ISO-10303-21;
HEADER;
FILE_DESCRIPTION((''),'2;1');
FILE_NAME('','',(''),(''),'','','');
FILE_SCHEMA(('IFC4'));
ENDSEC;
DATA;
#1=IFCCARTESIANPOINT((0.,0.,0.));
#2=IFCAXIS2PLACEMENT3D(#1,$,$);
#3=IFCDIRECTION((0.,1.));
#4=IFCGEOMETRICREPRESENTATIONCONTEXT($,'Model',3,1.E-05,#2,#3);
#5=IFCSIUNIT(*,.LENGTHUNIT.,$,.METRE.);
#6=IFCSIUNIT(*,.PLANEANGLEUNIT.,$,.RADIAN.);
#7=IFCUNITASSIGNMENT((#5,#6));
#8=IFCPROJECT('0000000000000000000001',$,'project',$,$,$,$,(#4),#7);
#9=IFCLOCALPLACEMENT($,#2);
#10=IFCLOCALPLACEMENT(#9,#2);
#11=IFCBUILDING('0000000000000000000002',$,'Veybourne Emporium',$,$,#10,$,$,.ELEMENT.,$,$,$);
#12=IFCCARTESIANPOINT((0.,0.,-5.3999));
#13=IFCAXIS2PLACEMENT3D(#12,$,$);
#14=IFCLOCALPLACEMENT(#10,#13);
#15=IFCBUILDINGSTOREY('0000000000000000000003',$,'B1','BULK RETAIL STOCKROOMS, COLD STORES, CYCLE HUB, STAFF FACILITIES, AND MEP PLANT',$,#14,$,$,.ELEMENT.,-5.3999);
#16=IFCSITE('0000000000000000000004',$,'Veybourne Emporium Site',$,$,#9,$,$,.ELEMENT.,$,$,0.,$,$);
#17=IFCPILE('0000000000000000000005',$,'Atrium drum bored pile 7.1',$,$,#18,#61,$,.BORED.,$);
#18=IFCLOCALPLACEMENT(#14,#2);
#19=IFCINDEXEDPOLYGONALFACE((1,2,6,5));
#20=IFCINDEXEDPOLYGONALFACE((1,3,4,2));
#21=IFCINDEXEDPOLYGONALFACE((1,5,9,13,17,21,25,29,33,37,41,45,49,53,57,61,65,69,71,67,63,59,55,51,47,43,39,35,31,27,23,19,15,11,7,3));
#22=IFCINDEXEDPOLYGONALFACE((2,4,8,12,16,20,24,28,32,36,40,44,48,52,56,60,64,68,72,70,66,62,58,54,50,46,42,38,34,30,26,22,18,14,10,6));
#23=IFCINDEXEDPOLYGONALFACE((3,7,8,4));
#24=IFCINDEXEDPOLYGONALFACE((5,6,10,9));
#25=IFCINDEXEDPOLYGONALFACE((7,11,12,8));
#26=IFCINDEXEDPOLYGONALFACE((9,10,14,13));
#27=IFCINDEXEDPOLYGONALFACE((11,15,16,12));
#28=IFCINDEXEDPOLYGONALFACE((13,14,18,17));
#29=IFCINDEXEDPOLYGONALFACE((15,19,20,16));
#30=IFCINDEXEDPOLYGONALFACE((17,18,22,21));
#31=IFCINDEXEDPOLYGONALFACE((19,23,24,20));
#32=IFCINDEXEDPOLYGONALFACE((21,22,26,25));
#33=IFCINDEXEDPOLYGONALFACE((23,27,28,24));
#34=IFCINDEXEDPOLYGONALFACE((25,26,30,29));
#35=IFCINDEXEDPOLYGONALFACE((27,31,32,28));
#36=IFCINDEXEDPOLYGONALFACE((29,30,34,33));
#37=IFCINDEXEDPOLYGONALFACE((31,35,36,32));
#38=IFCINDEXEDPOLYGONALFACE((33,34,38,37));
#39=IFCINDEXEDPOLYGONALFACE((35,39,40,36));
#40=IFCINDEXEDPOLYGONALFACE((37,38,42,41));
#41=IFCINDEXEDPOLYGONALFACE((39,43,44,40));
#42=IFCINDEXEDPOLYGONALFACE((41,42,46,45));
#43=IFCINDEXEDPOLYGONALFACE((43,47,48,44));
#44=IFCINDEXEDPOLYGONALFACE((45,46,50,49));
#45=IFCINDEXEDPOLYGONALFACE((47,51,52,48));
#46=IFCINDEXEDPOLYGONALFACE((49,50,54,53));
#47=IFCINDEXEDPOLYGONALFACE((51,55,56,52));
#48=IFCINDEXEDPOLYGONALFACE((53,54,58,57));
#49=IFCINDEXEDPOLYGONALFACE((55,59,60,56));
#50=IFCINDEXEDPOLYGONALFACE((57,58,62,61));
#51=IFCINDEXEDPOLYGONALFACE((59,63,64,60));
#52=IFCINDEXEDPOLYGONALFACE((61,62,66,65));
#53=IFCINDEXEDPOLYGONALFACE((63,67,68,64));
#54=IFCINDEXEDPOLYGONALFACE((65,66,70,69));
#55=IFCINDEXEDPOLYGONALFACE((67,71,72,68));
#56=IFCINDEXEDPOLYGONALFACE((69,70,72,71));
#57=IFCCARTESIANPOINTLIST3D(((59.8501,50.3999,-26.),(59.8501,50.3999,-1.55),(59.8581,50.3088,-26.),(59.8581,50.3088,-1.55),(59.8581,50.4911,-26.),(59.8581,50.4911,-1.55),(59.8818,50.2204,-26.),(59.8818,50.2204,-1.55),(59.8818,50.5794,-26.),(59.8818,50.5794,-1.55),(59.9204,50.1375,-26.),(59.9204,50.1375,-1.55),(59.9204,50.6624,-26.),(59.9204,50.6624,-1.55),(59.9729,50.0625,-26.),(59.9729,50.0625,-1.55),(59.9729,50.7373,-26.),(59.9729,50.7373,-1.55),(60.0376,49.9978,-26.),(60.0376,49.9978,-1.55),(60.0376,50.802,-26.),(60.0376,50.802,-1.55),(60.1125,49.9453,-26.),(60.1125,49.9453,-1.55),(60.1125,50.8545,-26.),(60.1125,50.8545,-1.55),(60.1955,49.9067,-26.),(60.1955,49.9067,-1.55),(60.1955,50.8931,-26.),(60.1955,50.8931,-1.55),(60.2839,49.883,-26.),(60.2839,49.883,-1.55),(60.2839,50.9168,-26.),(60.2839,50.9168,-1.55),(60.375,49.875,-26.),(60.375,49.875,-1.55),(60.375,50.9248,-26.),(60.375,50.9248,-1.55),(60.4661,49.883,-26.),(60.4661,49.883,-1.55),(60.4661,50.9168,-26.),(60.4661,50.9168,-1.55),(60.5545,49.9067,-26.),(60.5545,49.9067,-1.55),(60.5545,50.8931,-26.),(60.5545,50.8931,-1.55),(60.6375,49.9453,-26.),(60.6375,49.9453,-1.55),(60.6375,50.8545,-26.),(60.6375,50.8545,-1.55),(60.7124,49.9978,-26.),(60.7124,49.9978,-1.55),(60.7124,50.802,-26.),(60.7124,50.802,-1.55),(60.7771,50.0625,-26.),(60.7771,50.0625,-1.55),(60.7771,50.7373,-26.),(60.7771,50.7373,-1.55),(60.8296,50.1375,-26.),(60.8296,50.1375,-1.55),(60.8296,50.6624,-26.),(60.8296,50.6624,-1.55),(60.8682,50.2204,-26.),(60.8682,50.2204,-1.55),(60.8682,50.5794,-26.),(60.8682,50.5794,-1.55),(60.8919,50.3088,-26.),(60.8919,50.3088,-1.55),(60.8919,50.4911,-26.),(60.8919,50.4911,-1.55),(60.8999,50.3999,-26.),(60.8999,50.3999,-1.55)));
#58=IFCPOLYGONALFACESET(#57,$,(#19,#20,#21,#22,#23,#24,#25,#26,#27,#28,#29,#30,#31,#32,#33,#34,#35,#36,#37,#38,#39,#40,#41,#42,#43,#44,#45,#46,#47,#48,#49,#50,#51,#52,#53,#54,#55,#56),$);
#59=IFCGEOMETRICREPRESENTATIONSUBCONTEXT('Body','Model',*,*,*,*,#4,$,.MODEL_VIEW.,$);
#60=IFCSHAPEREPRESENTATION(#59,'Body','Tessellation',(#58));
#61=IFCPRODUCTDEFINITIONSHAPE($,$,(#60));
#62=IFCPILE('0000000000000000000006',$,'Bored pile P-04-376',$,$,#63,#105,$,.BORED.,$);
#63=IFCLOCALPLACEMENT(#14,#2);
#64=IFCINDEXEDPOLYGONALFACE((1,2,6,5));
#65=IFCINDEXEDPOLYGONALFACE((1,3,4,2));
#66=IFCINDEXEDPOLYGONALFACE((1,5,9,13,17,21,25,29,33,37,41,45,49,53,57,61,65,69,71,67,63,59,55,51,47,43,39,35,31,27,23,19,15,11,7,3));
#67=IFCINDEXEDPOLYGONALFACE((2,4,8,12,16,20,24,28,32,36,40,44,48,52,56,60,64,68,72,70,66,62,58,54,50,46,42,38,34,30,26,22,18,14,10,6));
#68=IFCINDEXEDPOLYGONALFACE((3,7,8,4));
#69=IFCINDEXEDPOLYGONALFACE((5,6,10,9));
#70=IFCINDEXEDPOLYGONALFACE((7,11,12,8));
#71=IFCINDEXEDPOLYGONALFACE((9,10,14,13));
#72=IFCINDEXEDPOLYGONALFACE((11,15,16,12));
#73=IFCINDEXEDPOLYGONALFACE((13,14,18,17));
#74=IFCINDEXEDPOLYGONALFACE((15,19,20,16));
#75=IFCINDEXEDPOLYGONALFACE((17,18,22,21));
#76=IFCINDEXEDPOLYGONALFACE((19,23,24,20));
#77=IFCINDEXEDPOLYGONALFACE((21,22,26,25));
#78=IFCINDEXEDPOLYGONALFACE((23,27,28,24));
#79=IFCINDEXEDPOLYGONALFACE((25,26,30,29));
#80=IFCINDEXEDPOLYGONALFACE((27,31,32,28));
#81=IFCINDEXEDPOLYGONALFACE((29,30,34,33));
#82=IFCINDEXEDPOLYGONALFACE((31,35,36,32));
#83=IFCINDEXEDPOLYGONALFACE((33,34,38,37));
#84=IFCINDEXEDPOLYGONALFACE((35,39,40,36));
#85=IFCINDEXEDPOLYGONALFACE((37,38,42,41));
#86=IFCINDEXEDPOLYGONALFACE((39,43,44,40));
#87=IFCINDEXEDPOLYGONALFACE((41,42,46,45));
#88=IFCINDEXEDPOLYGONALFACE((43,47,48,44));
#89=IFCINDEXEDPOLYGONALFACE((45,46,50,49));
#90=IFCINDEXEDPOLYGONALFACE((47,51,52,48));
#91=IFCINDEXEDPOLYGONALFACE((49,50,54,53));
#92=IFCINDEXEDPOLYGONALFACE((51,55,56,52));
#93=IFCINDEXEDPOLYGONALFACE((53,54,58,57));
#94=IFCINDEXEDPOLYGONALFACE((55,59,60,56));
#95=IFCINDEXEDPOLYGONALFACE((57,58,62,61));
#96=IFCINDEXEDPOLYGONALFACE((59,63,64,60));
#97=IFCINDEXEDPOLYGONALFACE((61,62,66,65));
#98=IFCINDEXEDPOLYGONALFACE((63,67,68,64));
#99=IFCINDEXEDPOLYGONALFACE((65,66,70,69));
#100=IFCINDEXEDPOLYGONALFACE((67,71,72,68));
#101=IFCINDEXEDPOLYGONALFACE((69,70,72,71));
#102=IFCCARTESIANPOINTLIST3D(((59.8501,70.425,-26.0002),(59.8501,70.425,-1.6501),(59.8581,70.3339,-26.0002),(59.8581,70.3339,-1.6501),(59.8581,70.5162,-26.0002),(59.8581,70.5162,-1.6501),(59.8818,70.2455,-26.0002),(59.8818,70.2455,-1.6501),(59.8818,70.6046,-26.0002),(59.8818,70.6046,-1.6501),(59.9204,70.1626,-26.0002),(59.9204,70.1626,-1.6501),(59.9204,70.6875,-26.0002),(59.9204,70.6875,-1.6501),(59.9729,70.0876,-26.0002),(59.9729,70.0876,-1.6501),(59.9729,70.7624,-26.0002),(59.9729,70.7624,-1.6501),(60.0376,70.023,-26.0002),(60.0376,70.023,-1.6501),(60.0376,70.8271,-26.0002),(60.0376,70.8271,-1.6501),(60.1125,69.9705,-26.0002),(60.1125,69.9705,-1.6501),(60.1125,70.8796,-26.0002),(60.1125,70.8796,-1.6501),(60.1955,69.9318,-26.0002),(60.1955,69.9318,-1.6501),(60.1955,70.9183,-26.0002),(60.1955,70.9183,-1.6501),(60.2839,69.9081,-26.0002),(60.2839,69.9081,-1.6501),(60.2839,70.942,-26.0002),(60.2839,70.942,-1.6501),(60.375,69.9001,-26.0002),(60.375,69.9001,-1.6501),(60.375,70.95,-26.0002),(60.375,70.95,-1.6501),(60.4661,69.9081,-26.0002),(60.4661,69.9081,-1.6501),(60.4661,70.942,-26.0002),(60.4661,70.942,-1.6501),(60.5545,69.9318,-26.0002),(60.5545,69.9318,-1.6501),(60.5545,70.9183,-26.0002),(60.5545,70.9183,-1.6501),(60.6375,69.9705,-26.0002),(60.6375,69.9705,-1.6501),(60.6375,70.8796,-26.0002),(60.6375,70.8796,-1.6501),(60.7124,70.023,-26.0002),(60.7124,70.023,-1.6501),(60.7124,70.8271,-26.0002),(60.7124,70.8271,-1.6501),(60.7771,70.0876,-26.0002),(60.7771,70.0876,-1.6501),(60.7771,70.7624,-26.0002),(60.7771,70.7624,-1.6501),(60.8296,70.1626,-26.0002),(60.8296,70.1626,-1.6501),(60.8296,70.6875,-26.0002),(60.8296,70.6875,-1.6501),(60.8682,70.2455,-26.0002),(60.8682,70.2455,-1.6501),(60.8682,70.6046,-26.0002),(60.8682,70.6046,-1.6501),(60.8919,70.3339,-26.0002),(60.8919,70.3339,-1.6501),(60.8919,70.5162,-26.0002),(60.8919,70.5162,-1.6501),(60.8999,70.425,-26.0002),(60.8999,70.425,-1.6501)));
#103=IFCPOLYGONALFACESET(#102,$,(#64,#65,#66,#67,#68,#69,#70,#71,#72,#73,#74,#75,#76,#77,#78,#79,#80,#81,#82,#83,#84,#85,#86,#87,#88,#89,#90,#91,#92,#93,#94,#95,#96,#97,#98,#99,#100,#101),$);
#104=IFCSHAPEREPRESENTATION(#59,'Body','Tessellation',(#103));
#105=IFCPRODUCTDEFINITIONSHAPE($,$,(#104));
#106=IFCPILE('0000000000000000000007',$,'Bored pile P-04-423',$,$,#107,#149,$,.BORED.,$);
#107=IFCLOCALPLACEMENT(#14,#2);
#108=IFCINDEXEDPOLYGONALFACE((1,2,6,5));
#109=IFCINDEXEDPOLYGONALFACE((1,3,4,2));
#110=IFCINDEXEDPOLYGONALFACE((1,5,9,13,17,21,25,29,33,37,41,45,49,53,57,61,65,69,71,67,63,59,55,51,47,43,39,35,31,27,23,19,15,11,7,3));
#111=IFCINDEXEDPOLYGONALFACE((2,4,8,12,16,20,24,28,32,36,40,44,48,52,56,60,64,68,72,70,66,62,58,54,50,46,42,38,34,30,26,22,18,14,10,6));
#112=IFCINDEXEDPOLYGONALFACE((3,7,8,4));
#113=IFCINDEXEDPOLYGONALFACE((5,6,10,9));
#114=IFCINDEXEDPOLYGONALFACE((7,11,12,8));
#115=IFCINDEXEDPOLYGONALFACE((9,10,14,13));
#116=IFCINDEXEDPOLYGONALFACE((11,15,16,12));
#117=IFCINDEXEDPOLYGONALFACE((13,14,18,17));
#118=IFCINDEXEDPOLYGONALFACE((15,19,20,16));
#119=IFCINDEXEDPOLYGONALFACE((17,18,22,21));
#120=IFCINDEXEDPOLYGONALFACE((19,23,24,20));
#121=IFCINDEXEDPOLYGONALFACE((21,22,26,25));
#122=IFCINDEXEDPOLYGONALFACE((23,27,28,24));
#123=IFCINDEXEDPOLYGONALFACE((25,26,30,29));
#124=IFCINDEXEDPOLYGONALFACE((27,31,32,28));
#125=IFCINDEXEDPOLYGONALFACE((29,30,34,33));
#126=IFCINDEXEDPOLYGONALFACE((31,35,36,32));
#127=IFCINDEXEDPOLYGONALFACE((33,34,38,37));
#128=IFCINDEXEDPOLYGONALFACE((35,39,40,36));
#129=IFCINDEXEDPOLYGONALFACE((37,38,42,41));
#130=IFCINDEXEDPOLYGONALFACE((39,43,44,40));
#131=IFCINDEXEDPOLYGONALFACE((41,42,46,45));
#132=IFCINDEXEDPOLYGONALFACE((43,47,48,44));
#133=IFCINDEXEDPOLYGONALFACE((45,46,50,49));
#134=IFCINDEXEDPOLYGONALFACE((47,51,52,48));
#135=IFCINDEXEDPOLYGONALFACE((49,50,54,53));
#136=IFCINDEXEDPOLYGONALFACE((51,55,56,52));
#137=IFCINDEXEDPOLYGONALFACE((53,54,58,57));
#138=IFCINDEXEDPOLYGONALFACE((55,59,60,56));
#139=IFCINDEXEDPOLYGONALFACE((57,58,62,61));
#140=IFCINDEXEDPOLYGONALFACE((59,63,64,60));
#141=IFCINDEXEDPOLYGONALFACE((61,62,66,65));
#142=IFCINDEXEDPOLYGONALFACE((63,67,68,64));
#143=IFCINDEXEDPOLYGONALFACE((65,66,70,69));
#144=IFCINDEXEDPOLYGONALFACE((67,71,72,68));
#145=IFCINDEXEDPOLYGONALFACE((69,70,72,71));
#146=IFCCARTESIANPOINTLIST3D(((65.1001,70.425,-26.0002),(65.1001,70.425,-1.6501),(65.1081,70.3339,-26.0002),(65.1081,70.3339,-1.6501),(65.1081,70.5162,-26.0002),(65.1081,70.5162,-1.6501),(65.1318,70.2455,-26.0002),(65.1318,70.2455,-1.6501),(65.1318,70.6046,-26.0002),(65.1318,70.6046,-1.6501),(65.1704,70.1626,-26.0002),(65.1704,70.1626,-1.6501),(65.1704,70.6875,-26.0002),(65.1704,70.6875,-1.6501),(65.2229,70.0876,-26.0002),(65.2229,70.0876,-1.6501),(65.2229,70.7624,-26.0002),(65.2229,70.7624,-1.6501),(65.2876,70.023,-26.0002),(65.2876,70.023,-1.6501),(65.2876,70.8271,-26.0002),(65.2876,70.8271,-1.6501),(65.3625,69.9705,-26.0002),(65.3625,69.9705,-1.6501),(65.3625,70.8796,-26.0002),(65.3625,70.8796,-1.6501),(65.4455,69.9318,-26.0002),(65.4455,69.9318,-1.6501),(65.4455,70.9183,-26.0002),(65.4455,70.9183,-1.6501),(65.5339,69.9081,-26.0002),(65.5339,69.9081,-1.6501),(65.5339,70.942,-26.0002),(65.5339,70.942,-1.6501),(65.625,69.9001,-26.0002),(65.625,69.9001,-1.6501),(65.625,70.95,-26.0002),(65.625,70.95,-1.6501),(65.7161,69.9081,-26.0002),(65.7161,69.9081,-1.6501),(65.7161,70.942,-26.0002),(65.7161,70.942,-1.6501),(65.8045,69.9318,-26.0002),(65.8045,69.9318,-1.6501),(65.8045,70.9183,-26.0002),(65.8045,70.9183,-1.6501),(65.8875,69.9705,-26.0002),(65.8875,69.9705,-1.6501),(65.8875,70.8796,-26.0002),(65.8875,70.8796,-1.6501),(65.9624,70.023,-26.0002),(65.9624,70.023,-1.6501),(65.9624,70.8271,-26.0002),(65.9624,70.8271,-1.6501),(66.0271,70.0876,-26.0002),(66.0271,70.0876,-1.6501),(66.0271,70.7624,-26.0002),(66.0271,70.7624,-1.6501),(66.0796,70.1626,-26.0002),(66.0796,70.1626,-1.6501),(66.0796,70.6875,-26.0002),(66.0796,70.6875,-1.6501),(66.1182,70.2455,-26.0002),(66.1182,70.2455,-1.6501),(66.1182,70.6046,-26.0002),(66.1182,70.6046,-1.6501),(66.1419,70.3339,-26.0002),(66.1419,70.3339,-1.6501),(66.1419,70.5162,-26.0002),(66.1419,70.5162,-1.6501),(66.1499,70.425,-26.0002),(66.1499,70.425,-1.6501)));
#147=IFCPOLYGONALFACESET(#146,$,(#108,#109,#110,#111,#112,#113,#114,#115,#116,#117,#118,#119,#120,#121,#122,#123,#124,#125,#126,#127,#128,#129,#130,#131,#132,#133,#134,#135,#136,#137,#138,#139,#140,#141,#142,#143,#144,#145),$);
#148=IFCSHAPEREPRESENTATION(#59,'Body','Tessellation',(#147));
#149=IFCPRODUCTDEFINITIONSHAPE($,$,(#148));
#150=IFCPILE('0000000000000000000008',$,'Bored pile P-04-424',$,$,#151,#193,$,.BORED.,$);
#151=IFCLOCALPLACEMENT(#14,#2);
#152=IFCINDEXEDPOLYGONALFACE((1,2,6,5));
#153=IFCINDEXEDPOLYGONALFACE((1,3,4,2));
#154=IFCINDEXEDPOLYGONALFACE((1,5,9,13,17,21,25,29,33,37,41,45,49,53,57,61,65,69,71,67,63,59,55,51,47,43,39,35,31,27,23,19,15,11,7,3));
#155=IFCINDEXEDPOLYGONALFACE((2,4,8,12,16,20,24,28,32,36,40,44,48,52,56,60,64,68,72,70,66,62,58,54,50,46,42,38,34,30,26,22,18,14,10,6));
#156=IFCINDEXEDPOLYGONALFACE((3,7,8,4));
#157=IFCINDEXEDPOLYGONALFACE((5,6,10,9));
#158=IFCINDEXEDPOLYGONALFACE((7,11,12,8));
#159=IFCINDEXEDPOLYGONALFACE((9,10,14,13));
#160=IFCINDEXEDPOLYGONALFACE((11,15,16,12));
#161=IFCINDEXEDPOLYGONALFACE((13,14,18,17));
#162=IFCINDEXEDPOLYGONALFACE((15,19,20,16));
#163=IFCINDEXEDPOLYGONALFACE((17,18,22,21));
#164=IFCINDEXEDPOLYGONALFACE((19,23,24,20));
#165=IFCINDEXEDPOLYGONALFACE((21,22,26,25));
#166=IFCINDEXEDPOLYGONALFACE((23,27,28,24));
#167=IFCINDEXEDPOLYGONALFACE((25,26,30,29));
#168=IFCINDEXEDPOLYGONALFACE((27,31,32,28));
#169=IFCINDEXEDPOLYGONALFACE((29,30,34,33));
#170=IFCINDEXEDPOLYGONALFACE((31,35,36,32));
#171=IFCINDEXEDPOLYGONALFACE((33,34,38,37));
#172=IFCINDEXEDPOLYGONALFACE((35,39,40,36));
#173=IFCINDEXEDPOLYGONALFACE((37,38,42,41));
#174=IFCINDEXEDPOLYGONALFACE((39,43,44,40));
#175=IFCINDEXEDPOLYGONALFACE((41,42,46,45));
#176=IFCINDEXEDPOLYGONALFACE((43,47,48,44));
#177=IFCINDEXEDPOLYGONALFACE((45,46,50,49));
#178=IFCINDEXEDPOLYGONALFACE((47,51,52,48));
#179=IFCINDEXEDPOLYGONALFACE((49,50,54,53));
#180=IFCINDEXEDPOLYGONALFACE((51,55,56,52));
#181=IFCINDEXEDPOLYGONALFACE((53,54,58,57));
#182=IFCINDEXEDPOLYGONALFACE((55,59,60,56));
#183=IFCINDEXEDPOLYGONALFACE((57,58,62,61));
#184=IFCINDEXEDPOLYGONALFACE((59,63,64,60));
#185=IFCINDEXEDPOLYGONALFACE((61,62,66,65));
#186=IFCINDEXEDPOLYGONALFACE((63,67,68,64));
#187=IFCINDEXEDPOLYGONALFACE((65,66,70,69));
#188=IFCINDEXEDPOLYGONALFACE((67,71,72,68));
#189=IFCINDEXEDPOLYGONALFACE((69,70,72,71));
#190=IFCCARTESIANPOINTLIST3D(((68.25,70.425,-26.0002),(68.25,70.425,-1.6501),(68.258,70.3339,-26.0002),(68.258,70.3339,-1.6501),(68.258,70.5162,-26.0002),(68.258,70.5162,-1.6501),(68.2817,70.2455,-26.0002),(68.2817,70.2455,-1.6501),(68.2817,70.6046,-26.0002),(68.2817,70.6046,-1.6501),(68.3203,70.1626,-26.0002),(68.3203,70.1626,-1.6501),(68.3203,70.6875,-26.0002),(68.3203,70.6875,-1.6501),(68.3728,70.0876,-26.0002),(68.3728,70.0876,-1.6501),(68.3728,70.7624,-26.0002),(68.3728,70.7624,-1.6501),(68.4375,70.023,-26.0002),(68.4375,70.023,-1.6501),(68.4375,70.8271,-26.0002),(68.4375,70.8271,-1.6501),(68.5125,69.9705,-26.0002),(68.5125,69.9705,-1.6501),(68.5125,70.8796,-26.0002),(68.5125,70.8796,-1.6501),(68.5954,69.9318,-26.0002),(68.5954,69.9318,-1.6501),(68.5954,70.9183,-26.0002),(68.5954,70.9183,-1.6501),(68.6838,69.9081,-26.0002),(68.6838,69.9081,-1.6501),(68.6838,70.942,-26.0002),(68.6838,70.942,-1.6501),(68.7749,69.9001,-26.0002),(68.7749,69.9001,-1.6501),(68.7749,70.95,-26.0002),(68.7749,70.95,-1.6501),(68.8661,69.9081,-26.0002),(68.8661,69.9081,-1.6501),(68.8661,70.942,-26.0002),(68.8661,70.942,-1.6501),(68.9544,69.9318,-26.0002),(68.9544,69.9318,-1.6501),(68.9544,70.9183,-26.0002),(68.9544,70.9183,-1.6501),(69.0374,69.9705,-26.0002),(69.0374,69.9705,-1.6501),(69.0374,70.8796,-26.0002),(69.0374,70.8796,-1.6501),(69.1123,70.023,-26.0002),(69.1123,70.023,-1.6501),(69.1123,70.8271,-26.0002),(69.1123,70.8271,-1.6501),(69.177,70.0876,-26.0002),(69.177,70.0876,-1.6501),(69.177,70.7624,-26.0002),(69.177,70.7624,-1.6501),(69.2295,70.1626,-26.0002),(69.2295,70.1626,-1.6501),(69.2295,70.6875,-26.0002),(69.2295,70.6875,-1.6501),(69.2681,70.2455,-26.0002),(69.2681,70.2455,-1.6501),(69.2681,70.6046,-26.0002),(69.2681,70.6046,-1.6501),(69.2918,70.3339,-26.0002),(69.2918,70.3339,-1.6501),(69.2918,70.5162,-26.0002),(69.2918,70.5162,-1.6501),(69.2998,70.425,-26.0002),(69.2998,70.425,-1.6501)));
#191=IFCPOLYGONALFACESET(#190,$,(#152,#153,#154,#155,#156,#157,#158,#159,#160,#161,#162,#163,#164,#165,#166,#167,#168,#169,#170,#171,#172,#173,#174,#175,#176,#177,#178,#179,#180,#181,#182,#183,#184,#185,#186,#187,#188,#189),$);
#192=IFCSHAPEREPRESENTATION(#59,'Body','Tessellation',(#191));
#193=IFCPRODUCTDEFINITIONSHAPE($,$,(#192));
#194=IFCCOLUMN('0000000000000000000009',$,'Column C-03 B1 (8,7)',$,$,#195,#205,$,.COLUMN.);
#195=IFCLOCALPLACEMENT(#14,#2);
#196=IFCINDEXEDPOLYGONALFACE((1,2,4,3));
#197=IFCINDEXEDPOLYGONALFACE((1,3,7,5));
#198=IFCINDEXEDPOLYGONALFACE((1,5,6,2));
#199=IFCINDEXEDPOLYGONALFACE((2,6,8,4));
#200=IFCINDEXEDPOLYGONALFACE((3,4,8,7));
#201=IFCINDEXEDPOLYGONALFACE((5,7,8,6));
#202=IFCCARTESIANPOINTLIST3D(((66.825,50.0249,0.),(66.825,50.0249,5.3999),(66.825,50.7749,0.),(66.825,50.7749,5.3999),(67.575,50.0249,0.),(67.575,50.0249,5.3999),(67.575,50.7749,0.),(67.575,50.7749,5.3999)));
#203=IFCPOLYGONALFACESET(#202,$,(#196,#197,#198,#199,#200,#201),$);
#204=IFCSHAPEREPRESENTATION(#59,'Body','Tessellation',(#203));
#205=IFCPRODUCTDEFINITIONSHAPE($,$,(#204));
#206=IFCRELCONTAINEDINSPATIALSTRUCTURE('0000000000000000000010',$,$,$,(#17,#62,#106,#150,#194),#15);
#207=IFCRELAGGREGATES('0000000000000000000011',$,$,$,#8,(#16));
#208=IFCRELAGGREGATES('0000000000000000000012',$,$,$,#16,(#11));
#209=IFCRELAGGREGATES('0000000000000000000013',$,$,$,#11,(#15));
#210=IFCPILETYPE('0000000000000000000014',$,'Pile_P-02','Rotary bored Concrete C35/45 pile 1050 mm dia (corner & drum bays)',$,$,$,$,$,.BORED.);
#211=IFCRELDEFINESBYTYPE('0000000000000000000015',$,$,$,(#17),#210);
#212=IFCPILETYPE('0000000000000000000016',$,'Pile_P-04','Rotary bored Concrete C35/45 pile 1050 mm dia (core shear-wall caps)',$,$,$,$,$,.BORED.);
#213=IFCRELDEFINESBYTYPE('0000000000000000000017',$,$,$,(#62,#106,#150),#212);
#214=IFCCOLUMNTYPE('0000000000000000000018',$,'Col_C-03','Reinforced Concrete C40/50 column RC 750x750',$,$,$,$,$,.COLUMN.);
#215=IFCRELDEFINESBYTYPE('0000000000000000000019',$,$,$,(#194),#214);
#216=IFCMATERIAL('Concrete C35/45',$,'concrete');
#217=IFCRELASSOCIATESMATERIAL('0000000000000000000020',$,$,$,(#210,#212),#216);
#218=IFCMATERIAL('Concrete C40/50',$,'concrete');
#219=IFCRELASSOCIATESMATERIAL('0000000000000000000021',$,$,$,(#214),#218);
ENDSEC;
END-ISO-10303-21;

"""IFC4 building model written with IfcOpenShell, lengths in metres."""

from ifc_helpers import new_model, si_unit, direction, frame, origin, origin_2d, place, context, subcontext, project, spatial, rectangle, circle, extrude, material, material_profile, profile_set, type_object, element, save


model = new_model("IFC4")

# Units and contexts
model_context = context("Model", 3, precision=1e-05, world=origin(), true_north=direction((0.0, 1.0)))
body_context = subcontext(model_context, "Body", "Model", "MODEL_VIEW")
ifc_project = project(units=[si_unit("LENGTHUNIT", "METRE"), si_unit("PLANEANGLEUNIT", "RADIAN")], contexts=[model_context])

# Site, building, storey
site_placement = place(None, origin())
site = spatial("IfcSite", under=ifc_project, at=site_placement, Name="Veybourne Emporium Site", CompositionType="ELEMENT", RefElevation=0.0)
building_placement = place(site_placement, origin())
building = spatial("IfcBuilding", under=site, at=building_placement, Name="Veybourne Emporium", CompositionType="ELEMENT")
storey_placement = place(building_placement, frame((0.0, 0.0, -5.3999)))
storey = spatial("IfcBuildingStorey", under=building, at=storey_placement, Name="B1", Description="BULK RETAIL STOCKROOMS, COLD STORES, CYCLE HUB, STAFF FACILITIES, AND MEP PLANT", CompositionType="ELEMENT", Elevation=-5.3999)

# Shared definitions
ifc_material_1 = material(Name="Concrete C35/45", Category="concrete")

# Piles
ifc_material_profile_1 = material_profile(ifc_material_1, circle(Radius=0.5249, at=origin_2d()), Name="BORED PILE 1050")
ifc_profile_set_1 = profile_set([ifc_material_profile_1], Name="Concrete C35/45")
pile_type_1 = type_object("IfcPileType", Name="Pile_P-02", Description="Rotary bored Concrete C35/45 pile 1050 mm dia (corner & drum bays)", PredefinedType="BORED", material=ifc_profile_set_1)
for number, where, z_axis, x_axis, name in (
    (1, (60.375, 50.3999, -1.55), (0.0, 0.0, -1.0), (1.0, 0.0, 0.0), "Atrium drum bored pile 7.1"),
):
    element("IfcPile", number, at=place(storey_placement, frame(where, z_axis=z_axis, x_axis=x_axis)), inside=storey, type_object=pile_type_1, Name=name, PredefinedType="BORED", context=body_context, shape_type="SweptSolid", body=[
        extrude(circle(Radius=0.5249, at=origin_2d()), origin(), (0.0, 0.0, 1.0), 24.45),
    ])
ifc_material_profile_2 = material_profile(ifc_material_1, circle(Radius=0.5249, at=origin_2d()), Name="BORED PILE 1050")
ifc_profile_set_2 = profile_set([ifc_material_profile_2], Name="Concrete C35/45")
pile_type_2 = type_object("IfcPileType", Name="Pile_P-04", Description="Rotary bored Concrete C35/45 pile 1050 mm dia (core shear-wall caps)", PredefinedType="BORED", material=ifc_profile_set_2)
for number, where, z_axis, x_axis, name in (
    (2, (60.375, 70.425, -1.6501), (0.0, 0.0, -1.0), (1.0, 0.0, 0.0), "Bored pile P-04-376"),
    (3, (65.625, 70.425, -1.6501), (0.0, 0.0, -1.0), (1.0, 0.0, 0.0), "Bored pile P-04-423"),
    (4, (68.7749, 70.425, -1.6501), (0.0, 0.0, -1.0), (1.0, 0.0, 0.0), "Bored pile P-04-424"),
):
    element("IfcPile", number, at=place(storey_placement, frame(where, z_axis=z_axis, x_axis=x_axis)), inside=storey, type_object=pile_type_2, Name=name, PredefinedType="BORED", context=body_context, shape_type="SweptSolid", body=[
        extrude(circle(Radius=0.5249, at=origin_2d()), origin(), (0.0, 0.0, 1.0), 24.3501),
    ])

# Column
ifc_material_2 = material(Name="Concrete C40/50", Category="concrete")
ifc_material_profile_3 = material_profile(ifc_material_2, rectangle(XDim=0.75, YDim=0.75, at=origin_2d()), Name="RC 750x750")
ifc_profile_set_3 = profile_set([ifc_material_profile_3], Name="Concrete C40/50")
column_type_1 = type_object("IfcColumnType", Name="Col_C-03", Description="Reinforced Concrete C40/50 column RC 750x750", PredefinedType="COLUMN", material=ifc_profile_set_3)
for number, where, z_axis, x_axis, name in (
    (5, (67.2, 50.3999, 0.0), (0.0, 0.0, 1.0), (1.0, 0.0, 0.0), "Column C-03 B1 (8,7)"),
):
    element("IfcColumn", number, at=place(storey_placement, frame(where, z_axis=z_axis, x_axis=x_axis)), inside=storey, type_object=column_type_1, Name=name, PredefinedType="COLUMN", context=body_context, shape_type="SweptSolid", body=[
        extrude(rectangle(XDim=0.75, YDim=0.75, at=origin_2d()), origin(), (0.0, 0.0, 1.0), 5.3999),
    ])

save(model, "model.ifc")
